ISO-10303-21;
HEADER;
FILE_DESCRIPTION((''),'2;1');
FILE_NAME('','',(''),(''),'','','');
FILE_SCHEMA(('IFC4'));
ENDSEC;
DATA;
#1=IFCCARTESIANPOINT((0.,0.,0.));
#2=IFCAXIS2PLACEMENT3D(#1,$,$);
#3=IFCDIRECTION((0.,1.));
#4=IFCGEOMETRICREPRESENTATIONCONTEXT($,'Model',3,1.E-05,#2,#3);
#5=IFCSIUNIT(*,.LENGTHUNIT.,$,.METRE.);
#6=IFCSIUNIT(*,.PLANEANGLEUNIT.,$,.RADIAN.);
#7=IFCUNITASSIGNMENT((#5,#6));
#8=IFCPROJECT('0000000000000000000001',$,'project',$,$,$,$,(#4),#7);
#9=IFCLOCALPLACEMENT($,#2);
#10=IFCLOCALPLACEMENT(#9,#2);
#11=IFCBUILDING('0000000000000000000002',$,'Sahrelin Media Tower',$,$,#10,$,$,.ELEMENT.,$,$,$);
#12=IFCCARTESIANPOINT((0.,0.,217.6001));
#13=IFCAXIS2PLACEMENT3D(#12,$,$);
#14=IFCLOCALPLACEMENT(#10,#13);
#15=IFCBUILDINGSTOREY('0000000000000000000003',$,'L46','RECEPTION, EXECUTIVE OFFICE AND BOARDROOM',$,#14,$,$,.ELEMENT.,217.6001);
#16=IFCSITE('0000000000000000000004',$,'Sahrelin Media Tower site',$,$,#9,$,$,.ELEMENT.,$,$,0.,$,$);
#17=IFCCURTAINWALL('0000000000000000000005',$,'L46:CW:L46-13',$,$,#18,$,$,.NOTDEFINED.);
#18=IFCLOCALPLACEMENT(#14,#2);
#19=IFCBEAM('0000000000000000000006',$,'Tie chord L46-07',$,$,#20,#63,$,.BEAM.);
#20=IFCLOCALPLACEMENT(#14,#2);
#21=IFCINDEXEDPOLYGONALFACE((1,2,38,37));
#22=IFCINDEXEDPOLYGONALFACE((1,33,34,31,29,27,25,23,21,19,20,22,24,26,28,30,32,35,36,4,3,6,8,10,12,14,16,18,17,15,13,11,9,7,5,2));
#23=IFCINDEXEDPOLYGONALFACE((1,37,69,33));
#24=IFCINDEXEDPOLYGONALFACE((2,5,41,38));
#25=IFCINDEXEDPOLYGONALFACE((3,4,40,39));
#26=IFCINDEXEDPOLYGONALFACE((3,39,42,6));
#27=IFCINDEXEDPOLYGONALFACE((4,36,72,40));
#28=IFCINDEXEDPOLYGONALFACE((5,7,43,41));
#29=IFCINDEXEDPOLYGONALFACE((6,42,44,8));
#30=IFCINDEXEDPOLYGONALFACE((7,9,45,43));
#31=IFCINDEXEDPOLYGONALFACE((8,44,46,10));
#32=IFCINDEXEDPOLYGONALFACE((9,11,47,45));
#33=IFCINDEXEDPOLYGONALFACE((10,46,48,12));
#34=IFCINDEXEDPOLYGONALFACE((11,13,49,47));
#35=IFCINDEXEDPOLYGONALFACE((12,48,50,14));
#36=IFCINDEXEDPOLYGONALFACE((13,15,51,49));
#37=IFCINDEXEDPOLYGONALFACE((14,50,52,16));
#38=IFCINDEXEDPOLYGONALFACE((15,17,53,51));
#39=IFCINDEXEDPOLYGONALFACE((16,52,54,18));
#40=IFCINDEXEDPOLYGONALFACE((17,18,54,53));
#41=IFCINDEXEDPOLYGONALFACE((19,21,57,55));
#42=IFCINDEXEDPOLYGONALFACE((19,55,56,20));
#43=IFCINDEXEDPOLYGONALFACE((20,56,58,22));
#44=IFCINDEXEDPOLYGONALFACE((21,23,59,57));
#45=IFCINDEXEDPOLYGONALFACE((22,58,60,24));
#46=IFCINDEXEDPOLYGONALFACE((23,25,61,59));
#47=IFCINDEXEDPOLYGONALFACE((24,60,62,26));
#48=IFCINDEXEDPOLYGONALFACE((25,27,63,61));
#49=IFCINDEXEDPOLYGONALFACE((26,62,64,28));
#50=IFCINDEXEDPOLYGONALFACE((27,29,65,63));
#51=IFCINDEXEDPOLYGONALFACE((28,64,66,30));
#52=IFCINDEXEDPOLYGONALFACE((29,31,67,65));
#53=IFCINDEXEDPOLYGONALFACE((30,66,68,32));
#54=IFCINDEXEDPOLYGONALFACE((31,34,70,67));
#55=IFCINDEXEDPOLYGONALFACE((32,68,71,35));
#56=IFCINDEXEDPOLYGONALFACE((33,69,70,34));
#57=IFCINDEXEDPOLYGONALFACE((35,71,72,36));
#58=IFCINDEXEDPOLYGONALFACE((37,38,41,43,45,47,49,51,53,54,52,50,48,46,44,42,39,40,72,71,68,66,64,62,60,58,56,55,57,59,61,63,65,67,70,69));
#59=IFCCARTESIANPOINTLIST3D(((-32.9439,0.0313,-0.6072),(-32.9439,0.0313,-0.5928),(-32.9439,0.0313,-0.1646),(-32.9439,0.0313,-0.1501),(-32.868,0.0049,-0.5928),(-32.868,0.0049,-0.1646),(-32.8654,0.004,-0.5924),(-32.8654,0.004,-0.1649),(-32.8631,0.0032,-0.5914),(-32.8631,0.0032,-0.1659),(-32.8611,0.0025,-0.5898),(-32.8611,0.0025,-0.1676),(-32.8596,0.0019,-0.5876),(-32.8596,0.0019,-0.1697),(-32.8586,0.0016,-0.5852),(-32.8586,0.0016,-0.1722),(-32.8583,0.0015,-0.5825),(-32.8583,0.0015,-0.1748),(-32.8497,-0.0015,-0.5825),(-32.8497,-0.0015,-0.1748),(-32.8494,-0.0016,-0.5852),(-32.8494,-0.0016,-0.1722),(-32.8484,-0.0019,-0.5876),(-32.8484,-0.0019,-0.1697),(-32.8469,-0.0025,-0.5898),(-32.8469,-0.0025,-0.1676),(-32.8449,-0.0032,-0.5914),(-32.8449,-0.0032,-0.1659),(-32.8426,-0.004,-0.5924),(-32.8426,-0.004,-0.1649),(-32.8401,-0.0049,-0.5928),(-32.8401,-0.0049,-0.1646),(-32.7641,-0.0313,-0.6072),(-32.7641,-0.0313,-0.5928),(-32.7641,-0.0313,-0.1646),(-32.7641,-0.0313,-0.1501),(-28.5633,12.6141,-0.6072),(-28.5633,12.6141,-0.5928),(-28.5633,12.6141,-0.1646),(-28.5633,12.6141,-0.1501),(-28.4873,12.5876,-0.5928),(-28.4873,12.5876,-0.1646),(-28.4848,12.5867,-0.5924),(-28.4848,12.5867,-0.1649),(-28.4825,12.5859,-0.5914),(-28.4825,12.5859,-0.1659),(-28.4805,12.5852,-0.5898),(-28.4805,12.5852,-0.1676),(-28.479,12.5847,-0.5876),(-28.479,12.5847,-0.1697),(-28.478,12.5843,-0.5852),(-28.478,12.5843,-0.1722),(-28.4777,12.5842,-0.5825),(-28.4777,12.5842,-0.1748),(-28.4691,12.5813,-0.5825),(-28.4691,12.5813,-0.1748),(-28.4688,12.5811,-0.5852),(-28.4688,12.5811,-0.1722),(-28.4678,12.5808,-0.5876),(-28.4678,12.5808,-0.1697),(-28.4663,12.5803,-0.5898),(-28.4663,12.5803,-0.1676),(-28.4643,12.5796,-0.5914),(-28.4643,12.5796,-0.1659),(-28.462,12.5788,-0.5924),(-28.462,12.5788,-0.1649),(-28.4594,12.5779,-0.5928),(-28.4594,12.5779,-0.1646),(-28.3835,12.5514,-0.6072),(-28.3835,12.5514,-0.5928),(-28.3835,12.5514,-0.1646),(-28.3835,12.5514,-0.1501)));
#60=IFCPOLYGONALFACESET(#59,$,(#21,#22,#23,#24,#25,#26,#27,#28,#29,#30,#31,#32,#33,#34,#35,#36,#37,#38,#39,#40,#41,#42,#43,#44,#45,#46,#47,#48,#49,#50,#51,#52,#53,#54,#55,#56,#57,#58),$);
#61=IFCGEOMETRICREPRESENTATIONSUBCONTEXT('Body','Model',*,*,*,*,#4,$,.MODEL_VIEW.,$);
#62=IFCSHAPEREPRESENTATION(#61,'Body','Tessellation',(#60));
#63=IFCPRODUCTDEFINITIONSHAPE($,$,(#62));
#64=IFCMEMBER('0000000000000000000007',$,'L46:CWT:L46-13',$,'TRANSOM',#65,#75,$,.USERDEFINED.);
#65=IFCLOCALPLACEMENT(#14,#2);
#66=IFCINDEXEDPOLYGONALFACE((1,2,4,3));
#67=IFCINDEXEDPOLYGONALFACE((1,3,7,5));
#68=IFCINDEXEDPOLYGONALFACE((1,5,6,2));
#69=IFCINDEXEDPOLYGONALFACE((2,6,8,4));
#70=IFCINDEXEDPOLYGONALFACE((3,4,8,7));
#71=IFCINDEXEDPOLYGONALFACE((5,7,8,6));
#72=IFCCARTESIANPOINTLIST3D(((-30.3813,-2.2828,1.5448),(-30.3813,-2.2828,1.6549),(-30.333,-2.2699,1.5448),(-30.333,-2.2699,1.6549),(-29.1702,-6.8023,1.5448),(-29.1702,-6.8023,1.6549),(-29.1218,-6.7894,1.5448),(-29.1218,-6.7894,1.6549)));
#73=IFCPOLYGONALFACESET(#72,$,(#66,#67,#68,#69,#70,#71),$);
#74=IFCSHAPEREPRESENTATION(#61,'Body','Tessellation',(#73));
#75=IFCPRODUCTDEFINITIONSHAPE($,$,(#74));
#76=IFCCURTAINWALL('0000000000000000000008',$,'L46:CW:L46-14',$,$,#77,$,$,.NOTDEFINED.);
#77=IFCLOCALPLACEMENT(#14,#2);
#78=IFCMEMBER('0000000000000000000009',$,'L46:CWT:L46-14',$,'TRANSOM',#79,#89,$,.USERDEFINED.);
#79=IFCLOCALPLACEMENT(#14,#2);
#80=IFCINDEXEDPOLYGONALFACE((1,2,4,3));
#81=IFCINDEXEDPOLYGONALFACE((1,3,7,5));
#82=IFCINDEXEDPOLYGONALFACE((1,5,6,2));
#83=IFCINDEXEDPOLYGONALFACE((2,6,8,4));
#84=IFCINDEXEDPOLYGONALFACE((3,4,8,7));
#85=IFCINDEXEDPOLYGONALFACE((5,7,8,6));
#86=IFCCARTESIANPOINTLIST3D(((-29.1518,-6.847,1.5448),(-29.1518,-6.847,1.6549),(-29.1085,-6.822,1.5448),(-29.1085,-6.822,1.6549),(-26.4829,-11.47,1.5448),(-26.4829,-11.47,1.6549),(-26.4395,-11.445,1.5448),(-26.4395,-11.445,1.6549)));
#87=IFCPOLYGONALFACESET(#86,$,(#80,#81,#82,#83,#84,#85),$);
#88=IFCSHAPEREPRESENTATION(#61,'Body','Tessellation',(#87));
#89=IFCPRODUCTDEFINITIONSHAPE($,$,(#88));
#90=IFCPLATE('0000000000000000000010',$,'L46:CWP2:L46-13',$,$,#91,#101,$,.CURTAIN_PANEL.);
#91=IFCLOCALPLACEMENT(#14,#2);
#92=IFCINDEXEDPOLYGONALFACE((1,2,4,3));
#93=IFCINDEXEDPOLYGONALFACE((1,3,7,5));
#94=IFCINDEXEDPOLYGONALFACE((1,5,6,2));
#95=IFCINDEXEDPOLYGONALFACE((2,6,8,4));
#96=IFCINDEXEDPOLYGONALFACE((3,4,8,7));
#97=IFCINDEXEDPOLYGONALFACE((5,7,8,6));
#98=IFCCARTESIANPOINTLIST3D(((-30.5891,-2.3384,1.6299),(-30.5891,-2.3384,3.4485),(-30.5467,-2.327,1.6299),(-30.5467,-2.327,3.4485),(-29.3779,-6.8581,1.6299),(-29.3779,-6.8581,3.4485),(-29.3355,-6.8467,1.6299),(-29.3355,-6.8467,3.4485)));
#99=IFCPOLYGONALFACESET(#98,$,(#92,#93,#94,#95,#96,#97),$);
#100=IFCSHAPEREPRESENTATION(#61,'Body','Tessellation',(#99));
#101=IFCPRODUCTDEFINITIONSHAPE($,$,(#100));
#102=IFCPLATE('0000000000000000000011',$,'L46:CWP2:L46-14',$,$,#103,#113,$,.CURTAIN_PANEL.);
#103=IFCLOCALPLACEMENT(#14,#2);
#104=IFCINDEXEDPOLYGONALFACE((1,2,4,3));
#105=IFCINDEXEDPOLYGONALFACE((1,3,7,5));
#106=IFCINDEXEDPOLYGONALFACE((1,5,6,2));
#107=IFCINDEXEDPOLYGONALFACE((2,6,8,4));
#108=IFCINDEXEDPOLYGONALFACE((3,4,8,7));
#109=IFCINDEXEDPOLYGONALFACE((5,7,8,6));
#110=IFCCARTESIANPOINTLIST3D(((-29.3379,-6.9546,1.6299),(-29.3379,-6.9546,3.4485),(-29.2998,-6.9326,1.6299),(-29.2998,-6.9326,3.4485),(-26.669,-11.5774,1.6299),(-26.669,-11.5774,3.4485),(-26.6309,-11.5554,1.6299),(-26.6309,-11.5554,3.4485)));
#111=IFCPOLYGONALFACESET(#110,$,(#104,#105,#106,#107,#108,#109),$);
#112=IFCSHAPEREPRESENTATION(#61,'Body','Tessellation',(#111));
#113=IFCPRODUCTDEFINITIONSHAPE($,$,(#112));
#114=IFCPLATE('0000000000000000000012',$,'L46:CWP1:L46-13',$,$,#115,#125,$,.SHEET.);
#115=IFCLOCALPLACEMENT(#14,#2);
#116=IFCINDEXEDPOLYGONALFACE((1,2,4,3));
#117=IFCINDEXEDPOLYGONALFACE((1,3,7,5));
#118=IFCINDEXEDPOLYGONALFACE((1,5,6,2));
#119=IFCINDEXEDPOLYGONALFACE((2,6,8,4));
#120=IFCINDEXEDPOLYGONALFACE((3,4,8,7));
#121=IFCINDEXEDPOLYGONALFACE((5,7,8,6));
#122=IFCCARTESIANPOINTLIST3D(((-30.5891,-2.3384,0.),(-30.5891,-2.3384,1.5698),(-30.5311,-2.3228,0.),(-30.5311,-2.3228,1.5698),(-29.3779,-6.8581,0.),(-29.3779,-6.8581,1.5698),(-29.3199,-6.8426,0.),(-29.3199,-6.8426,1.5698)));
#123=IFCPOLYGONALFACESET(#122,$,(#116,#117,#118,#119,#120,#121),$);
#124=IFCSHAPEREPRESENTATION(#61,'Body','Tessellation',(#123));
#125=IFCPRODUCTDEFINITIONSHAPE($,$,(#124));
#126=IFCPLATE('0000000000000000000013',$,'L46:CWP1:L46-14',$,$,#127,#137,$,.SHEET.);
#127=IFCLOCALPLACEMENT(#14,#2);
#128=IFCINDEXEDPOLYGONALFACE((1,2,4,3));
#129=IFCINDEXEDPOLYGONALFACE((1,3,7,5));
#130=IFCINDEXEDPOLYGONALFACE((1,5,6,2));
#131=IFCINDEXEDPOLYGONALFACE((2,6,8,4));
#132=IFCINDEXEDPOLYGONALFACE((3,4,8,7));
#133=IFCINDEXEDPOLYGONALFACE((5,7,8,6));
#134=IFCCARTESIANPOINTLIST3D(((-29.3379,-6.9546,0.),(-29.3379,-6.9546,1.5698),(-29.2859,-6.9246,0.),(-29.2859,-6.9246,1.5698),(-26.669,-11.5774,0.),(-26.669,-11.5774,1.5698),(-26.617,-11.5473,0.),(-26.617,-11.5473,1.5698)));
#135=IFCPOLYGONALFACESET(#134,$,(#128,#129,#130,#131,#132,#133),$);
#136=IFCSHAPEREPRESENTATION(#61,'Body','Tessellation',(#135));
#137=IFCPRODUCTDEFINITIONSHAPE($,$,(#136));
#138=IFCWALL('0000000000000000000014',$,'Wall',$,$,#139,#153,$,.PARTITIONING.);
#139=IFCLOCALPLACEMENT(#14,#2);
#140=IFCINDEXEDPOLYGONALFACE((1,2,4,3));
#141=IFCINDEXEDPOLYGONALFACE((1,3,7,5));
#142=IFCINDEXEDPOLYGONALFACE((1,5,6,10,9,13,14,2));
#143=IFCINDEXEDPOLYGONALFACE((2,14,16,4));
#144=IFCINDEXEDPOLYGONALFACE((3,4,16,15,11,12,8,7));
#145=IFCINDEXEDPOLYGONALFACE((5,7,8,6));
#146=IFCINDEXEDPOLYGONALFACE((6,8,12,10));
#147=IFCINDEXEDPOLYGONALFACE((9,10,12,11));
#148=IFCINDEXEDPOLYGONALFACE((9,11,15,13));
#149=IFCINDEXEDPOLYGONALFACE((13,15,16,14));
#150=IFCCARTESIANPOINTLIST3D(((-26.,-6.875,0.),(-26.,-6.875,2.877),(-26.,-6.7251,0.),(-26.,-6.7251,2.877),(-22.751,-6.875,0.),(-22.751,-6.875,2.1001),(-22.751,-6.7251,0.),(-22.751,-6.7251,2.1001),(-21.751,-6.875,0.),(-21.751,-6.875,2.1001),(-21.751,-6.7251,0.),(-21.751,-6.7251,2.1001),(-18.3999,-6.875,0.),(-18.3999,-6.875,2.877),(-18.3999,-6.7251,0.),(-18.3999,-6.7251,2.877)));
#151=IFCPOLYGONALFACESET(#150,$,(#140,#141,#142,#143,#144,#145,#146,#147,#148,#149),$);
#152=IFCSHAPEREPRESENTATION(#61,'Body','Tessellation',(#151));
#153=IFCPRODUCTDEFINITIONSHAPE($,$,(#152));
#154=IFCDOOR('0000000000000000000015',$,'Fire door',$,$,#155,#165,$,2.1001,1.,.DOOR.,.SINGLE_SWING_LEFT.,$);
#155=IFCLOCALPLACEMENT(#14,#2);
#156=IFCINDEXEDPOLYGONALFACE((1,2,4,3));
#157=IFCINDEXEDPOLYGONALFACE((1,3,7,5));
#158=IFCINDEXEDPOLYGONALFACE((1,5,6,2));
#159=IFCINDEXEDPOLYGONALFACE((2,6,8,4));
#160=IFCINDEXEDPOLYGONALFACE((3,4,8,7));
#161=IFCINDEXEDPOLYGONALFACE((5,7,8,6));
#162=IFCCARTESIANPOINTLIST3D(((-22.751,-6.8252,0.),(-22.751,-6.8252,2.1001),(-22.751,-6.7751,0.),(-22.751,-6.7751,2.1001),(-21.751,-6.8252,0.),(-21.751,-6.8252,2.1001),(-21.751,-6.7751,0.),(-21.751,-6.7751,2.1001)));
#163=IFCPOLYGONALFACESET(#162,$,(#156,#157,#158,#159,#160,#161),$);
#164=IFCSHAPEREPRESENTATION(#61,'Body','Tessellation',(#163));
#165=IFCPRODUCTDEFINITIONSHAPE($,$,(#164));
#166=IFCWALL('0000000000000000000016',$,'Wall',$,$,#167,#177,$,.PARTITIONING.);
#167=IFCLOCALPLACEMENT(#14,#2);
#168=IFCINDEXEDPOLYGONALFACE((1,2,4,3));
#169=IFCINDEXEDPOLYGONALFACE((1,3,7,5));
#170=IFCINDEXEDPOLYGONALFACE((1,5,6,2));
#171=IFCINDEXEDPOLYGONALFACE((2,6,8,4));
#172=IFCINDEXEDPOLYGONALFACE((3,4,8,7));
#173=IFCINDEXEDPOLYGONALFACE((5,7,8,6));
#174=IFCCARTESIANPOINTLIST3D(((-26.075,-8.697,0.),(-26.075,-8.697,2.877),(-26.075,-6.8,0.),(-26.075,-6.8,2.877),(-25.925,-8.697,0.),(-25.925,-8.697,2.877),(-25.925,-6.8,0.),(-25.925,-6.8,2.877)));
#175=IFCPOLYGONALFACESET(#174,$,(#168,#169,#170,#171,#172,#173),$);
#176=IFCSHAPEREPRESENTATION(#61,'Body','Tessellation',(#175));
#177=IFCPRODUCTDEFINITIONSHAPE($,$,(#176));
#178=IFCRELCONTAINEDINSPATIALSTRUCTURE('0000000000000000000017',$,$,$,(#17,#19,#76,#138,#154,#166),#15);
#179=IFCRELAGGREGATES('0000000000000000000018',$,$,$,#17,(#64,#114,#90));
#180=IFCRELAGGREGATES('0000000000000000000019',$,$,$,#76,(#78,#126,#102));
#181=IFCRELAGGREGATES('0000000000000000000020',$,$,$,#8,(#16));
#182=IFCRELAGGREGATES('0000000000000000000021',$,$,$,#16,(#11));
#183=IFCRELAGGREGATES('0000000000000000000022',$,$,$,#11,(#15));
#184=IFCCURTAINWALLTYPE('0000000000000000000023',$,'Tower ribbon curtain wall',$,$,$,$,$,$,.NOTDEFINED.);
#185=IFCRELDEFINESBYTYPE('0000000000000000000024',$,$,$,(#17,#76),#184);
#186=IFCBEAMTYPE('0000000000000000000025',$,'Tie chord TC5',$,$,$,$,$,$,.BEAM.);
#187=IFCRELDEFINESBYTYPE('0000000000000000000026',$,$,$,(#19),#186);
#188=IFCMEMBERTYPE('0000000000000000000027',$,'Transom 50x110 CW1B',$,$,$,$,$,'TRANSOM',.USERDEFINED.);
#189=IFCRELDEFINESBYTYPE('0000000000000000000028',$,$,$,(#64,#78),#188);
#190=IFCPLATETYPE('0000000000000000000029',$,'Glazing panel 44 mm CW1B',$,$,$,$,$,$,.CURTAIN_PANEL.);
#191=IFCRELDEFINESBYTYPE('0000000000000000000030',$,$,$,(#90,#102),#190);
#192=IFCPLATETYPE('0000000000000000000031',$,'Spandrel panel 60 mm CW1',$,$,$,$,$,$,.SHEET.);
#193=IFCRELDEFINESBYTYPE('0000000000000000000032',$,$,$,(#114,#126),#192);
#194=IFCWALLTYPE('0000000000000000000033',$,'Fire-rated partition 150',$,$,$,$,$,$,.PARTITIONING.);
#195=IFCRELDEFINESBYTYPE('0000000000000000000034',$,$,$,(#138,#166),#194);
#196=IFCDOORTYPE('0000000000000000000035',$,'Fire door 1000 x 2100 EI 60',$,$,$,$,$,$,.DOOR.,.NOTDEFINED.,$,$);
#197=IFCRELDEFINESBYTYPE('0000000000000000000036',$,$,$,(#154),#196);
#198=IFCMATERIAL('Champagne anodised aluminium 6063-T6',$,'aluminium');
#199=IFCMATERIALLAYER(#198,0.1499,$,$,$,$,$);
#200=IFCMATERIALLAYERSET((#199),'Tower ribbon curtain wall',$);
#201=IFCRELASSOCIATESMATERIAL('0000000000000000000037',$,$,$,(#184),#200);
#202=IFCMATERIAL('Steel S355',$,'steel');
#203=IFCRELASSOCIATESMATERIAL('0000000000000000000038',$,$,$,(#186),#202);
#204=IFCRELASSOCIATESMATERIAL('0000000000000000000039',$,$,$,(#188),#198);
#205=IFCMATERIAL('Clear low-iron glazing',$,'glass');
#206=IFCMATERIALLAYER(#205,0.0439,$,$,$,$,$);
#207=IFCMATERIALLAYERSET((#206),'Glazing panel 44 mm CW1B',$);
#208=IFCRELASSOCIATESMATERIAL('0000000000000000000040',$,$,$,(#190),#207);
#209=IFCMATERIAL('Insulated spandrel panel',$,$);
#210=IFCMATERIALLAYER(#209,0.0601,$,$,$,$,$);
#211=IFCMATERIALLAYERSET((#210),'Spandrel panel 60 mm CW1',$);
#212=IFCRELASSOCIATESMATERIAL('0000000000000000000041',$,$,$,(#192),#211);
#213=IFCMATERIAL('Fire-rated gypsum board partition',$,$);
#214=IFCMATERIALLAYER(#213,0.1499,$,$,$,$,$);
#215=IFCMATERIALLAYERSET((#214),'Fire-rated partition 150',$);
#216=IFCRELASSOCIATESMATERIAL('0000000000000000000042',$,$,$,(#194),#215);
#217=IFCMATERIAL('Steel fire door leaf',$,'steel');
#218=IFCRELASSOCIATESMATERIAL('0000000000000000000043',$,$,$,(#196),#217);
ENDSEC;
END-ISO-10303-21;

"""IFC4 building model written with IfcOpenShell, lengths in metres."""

from ifc_helpers import new_model, si_unit, direction, frame, frame_2d, origin, origin_2d, place, context, subcontext, project, spatial, polyline, rectangle, i_section, outline, extrude, material, layer, layer_set, material_profile, profile_set, type_object, element, fill, aggregate, save


model = new_model("IFC4")

# Units and contexts
model_context = context("Model", 3, precision=1e-05, world=origin(), true_north=direction((0.0, 1.0)))
body_context = subcontext(model_context, "Body", "Model", "MODEL_VIEW")
ifc_project = project(units=[si_unit("LENGTHUNIT", "METRE"), si_unit("PLANEANGLEUNIT", "RADIAN")], contexts=[model_context])

# Site, building, storey
site_placement = place(None, origin())
site = spatial("IfcSite", under=ifc_project, at=site_placement, Name="Sahrelin Media Tower site", CompositionType="ELEMENT", RefElevation=0.0)
building_placement = place(site_placement, origin())
building = spatial("IfcBuilding", under=site, at=building_placement, Name="Sahrelin Media Tower", CompositionType="ELEMENT")
storey_placement = place(building_placement, frame((0.0, 0.0, 217.6001)))
storey = spatial("IfcBuildingStorey", under=building, at=storey_placement, Name="L46", Description="RECEPTION, EXECUTIVE OFFICE AND BOARDROOM", CompositionType="ELEMENT", Elevation=217.6001)

# Shared definitions
ifc_material_1 = material(Name="Steel S355", Category="steel")

# Curtain wall
ifc_material_2 = material(Name="Champagne anodised aluminium 6063-T6", Category="aluminium")
ifc_layer_1 = layer(ifc_material_2, 0.1499)
ifc_layer_set_1 = layer_set([ifc_layer_1], Name="Tower ribbon curtain wall")
curtain_wall_type = type_object("IfcCurtainWallType", Name="Tower ribbon curtain wall", PredefinedType="NOTDEFINED", material=ifc_layer_set_1)
curtain_wall_1_placement = place(storey_placement, frame((-29.9641, -4.593, 0.0), z_axis=(0.0, 0.0, 1.0), x_axis=(1.0, 0.0, 0.0)))
curtain_wall_1 = element("IfcCurtainWall", 1, at=curtain_wall_1_placement, inside=storey, type_object=curtain_wall_type, Name="L46:CW:L46-13", PredefinedType="NOTDEFINED")

# Beam
ifc_material_profile_1 = material_profile(ifc_material_1, i_section(OverallWidth=0.1904, OverallDepth=0.457, WebThickness=0.009, FlangeThickness=0.0144, FilletRadius=0.0103, at=origin_2d()), Name="UB 457x191x74")
ifc_profile_set_1 = profile_set([ifc_material_profile_1], Name="Steel S355")
beam_type_1 = type_object("IfcBeamType", Name="Tie chord TC5", PredefinedType="BEAM", material=ifc_profile_set_1)
beam_1_placement = place(storey_placement, frame((-32.854, 0.0, -0.3787), z_axis=(0.328789, 0.944404, 0.0), x_axis=(-0.944404, 0.328789, 0.0)))
element("IfcBeam", 2, at=beam_1_placement, inside=storey, type_object=beam_type_1, Name="Tie chord L46-07", PredefinedType="BEAM", context=body_context, shape_type="SweptSolid", body=[
    extrude(i_section(OverallWidth=0.1904, OverallDepth=0.457, WebThickness=0.009, FlangeThickness=0.0144, FilletRadius=0.0103, at=origin_2d()), origin(), (0.0, 0.0, 1.0), 13.3235),
])

# Member
ifc_material_profile_2 = material_profile(ifc_material_2, rectangle(XDim=0.05, YDim=0.1101, at=origin_2d()), Name="Transom 50x110")
ifc_profile_set_2 = profile_set([ifc_material_profile_2], Name="Champagne anodised aluminium 6063-T6")
member_type_1 = type_object("IfcMemberType", Name="Transom 50x110 CW1B", ElementType="TRANSOM", PredefinedType="USERDEFINED", material=ifc_profile_set_2)
member_1_placement = place(storey_placement, frame((-30.3572, -2.2764, 1.5999), z_axis=(0.258854, -0.965916, 0.0), x_axis=(0.965916, 0.258854, 0.0)))
member_1 = element("IfcMember", 3, at=member_1_placement, type_object=member_type_1, Name="L46:CWT:L46-13", ObjectType="TRANSOM", PredefinedType="USERDEFINED", context=body_context, shape_type="SweptSolid", body=[
    extrude(rectangle(XDim=0.05, YDim=0.1101, at=origin_2d()), origin(), (0.0, 0.0, 1.0), 4.679),
])

# Curtain wall, member
curtain_wall_2_placement = place(storey_placement, frame((-27.9861, -9.2559, 0.0), z_axis=(0.0, 0.0, 1.0), x_axis=(1.0, 0.0, 0.0)))
curtain_wall_2 = element("IfcCurtainWall", 4, at=curtain_wall_2_placement, inside=storey, type_object=curtain_wall_type, Name="L46:CW:L46-14", PredefinedType="NOTDEFINED")
member_2_placement = place(storey_placement, frame((-29.1301, -6.8345, 1.5999), z_axis=(0.499976, -0.866039, 0.0), x_axis=(0.866039, 0.499976, 0.0)))
member_2 = element("IfcMember", 5, at=member_2_placement, type_object=member_type_1, Name="L46:CWT:L46-14", ObjectType="TRANSOM", PredefinedType="USERDEFINED", context=body_context, shape_type="SweptSolid", body=[
    extrude(rectangle(XDim=0.05, YDim=0.1101, at=origin_2d()), origin(), (0.0, 0.0, 1.0), 5.3381),
])

# Plates
ifc_material_3 = material(Name="Clear low-iron glazing", Category="glass")
ifc_layer_2 = layer(ifc_material_3, 0.0439)
ifc_layer_set_2 = layer_set([ifc_layer_2], Name="Glazing panel 44 mm CW1B")
plate_type_1 = type_object("IfcPlateType", Name="Glazing panel 44 mm CW1B", PredefinedType="CURTAIN_PANEL", material=ifc_layer_set_2)
plate_1_placement = place(storey_placement, frame((-30.5891, -2.3384, 1.6299), z_axis=(-0.96592, -0.258841, 0.0), x_axis=(0.258841, -0.96592, 0.0)))
plate_1 = element("IfcPlate", 6, at=plate_1_placement, type_object=plate_type_1, Name="L46:CWP2:L46-13", PredefinedType="CURTAIN_PANEL", context=body_context, shape_type="SweptSolid", body=[
    extrude(outline(polyline([(0.0, 0.0), (4.6792, 0.0), (4.6792, 1.8186), (0.0, 1.8186), (0.0, 0.0)])), origin(), (0.0, 0.0, -1.0), 0.0439),
])
plate_2_placement = place(storey_placement, frame((-29.3379, -6.9546, 1.6299), z_axis=(-0.866028, -0.499996, 0.0), x_axis=(0.499996, -0.866028, 0.0)))
plate_2 = element("IfcPlate", 7, at=plate_2_placement, type_object=plate_type_1, Name="L46:CWP2:L46-14", PredefinedType="CURTAIN_PANEL", context=body_context, shape_type="SweptSolid", body=[
    extrude(outline(polyline([(0.0, 0.0), (5.3379, 0.0), (5.3379, 1.8186), (0.0, 1.8186), (0.0, 0.0)])), origin(), (0.0, 0.0, -1.0), 0.0439),
])
ifc_material_4 = material(Name="Insulated spandrel panel")
ifc_layer_3 = layer(ifc_material_4, 0.0601)
ifc_layer_set_3 = layer_set([ifc_layer_3], Name="Spandrel panel 60 mm CW1")
plate_type_2 = type_object("IfcPlateType", Name="Spandrel panel 60 mm CW1", PredefinedType="SHEET", material=ifc_layer_set_3)
plate_3_placement = place(storey_placement, frame((-30.5891, -2.3384, 0.0), z_axis=(-0.96592, -0.258841, 0.0), x_axis=(0.258841, -0.96592, 0.0)))
plate_3 = element("IfcPlate", 8, at=plate_3_placement, type_object=plate_type_2, Name="L46:CWP1:L46-13", PredefinedType="SHEET", context=body_context, shape_type="SweptSolid", body=[
    extrude(outline(polyline([(0.0, 0.0), (4.6792, 0.0), (4.6792, 1.5698), (0.0, 1.5698), (0.0, 0.0)])), origin(), (0.0, 0.0, -1.0), 0.0601),
])
aggregate(curtain_wall_1, [member_1, plate_3, plate_1])
plate_4_placement = place(storey_placement, frame((-29.3379, -6.9546, 0.0), z_axis=(-0.866028, -0.499996, 0.0), x_axis=(0.499996, -0.866028, 0.0)))
plate_4 = element("IfcPlate", 9, at=plate_4_placement, type_object=plate_type_2, Name="L46:CWP1:L46-14", PredefinedType="SHEET", context=body_context, shape_type="SweptSolid", body=[
    extrude(outline(polyline([(0.0, 0.0), (5.3379, 0.0), (5.3379, 1.5698), (0.0, 1.5698), (0.0, 0.0)])), origin(), (0.0, 0.0, -1.0), 0.0601),
])
aggregate(curtain_wall_2, [member_2, plate_4, plate_2])

# Wall, opening, door
ifc_material_5 = material(Name="Fire-rated gypsum board partition")
ifc_layer_4 = layer(ifc_material_5, 0.1499)
ifc_layer_set_4 = layer_set([ifc_layer_4], Name="Fire-rated partition 150")
wall_type_1 = type_object("IfcWallType", Name="Fire-rated partition 150", PredefinedType="PARTITIONING", material=ifc_layer_set_4)
wall_1_placement = place(storey_placement, frame((-26.0, -6.8, 0.0), z_axis=(0.0, 0.0, 1.0), x_axis=(1.0, 0.0, 0.0)))
wall_1 = element("IfcWall", 10, at=wall_1_placement, inside=storey, type_object=wall_type_1, Name="Wall", PredefinedType="PARTITIONING", context=body_context, shape_type="SweptSolid", body=[
    extrude(rectangle(XDim=7.6001, YDim=0.1499, at=frame_2d((3.8, 0.0))), origin(), (0.0, 0.0, 1.0), 2.877),
])
opening_1_placement = place(wall_1_placement, frame((3.249, 0.0, 0.0)))
opening_1 = element("IfcOpeningElement", 11, at=opening_1_placement, cuts=wall_1, PredefinedType="OPENING", context=body_context, shape_type="SweptSolid", body=[
    extrude(rectangle(XDim=1.0, YDim=2.1001, at=frame_2d((0.5, 1.05))), frame((0.0, 0.075, 0.0), z_axis=(0.0, -1.0, 0.0), x_axis=(1.0, 0.0, 0.0)), (0.0, 0.0, 1.0), 0.1499),
])
ifc_material_6 = material(Name="Steel fire door leaf", Category="steel")
door_type_1 = type_object("IfcDoorType", Name="Fire door 1000 x 2100 EI 60", OperationType="NOTDEFINED", PredefinedType="DOOR", material=ifc_material_6)
door_1_placement = place(opening_1_placement, origin())
door_1 = element("IfcDoor", 12, at=door_1_placement, inside=storey, type_object=door_type_1, Name="Fire door", OperationType="SINGLE_SWING_LEFT", OverallHeight=2.1001, OverallWidth=1.0, PredefinedType="DOOR", context=body_context, shape_type="SweptSolid", body=[
    extrude(rectangle(XDim=1.0, YDim=2.1001, at=frame_2d((0.5, 1.05))), frame((0.0, 0.0249, 0.0), z_axis=(0.0, -1.0, 0.0), x_axis=(1.0, 0.0, 0.0)), (0.0, 0.0, 1.0), 0.05),
])
fill(opening_1, door_1)

# Wall
wall_2_placement = place(storey_placement, frame((-26.0, -8.697, 0.0), z_axis=(0.0, 0.0, 1.0), x_axis=(0.0, 1.0, 0.0)))
element("IfcWall", 13, at=wall_2_placement, inside=storey, type_object=wall_type_1, Name="Wall", PredefinedType="PARTITIONING", context=body_context, shape_type="SweptSolid", body=[
    extrude(rectangle(XDim=1.897, YDim=0.1499, at=frame_2d((0.9485, 0.0))), origin(), (0.0, 0.0, 1.0), 2.877),
])

save(model, "model.ifc")
